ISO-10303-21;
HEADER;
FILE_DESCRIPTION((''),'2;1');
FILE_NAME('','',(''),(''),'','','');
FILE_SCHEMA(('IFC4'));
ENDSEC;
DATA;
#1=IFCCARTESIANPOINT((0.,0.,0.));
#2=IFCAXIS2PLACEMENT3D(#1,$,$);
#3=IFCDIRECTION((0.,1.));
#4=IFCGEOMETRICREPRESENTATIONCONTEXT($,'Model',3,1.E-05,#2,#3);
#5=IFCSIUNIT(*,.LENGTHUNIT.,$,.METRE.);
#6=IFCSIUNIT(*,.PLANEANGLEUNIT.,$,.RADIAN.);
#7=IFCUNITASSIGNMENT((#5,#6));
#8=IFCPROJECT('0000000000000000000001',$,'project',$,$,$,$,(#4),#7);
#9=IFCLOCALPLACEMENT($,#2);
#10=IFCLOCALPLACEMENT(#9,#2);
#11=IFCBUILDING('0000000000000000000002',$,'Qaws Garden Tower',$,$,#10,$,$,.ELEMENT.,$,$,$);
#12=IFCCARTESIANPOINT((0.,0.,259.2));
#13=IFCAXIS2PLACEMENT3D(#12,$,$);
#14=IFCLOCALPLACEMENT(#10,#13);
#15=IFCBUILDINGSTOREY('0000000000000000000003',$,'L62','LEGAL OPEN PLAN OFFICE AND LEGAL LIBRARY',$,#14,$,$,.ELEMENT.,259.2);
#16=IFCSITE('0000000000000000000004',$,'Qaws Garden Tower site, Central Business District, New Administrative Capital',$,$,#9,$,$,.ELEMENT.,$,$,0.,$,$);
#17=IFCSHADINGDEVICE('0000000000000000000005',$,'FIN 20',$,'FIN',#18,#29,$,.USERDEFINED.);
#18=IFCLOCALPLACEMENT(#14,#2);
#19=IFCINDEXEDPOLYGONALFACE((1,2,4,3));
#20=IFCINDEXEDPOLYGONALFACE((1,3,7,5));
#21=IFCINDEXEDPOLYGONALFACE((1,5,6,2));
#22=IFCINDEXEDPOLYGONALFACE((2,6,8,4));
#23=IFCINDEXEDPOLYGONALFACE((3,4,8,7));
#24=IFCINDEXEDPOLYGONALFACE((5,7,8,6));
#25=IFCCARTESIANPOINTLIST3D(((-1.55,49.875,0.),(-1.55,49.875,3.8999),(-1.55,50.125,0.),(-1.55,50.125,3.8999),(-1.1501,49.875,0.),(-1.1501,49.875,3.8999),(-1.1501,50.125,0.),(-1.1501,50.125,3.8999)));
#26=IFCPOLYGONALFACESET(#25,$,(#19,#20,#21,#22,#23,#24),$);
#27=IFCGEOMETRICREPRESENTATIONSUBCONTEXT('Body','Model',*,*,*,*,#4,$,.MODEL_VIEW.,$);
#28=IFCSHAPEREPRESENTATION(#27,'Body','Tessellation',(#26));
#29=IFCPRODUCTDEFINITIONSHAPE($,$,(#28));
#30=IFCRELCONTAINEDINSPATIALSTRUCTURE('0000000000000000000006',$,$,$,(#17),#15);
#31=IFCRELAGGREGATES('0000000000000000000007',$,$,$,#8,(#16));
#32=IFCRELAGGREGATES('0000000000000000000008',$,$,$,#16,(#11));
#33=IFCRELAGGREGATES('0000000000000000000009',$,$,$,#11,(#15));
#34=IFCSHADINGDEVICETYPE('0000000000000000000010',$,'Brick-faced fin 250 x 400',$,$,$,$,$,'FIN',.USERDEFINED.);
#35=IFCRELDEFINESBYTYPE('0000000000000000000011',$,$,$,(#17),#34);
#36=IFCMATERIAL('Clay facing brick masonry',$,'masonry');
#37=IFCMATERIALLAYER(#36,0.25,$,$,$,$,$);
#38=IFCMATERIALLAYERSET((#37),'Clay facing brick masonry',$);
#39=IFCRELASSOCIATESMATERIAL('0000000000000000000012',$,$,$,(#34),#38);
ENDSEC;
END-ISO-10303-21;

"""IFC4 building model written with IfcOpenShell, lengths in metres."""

from ifc_helpers import new_model, si_unit, direction, frame, origin, origin_2d, place, context, subcontext, project, spatial, rectangle, extrude, material, layer, layer_set, type_object, element, save


model = new_model("IFC4")

# Units and contexts
model_context = context("Model", 3, precision=1e-05, world=origin(), true_north=direction((0.0, 1.0)))
body_context = subcontext(model_context, "Body", "Model", "MODEL_VIEW")
ifc_project = project(units=[si_unit("LENGTHUNIT", "METRE"), si_unit("PLANEANGLEUNIT", "RADIAN")], contexts=[model_context])

# Site, building, storey
site_placement = place(None, origin())
site = spatial("IfcSite", under=ifc_project, at=site_placement, Name="Qaws Garden Tower site, Central Business District, New Administrative Capital", CompositionType="ELEMENT", RefElevation=0.0)
building_placement = place(site_placement, origin())
building = spatial("IfcBuilding", under=site, at=building_placement, Name="Qaws Garden Tower", CompositionType="ELEMENT")
storey_placement = place(building_placement, frame((0.0, 0.0, 259.2)))
storey = spatial("IfcBuildingStorey", under=building, at=storey_placement, Name="L62", Description="LEGAL OPEN PLAN OFFICE AND LEGAL LIBRARY", CompositionType="ELEMENT", Elevation=259.2)

# Shading device
ifc_material_1 = material(Name="Clay facing brick masonry", Category="masonry")
ifc_layer_1 = layer(ifc_material_1, 0.25)
ifc_layer_set_1 = layer_set([ifc_layer_1], Name="Clay facing brick masonry")
shading_device_type = type_object("IfcShadingDeviceType", Name="Brick-faced fin 250 x 400", ElementType="FIN", PredefinedType="USERDEFINED", material=ifc_layer_set_1)
shading_device_placement = place(storey_placement, frame((-1.3501, 50.0, 0.0), z_axis=(0.0, 0.0, 1.0), x_axis=(0.0, -1.0, 0.0)))
element("IfcShadingDevice", 1, at=shading_device_placement, inside=storey, type_object=shading_device_type, Name="FIN 20", ObjectType="FIN", PredefinedType="USERDEFINED", context=body_context, shape_type="SweptSolid", body=[
    extrude(rectangle(XDim=0.25, YDim=0.3999, at=origin_2d()), origin(), (0.0, 0.0, 1.0), 3.8999),
])

save(model, "model.ifc")
